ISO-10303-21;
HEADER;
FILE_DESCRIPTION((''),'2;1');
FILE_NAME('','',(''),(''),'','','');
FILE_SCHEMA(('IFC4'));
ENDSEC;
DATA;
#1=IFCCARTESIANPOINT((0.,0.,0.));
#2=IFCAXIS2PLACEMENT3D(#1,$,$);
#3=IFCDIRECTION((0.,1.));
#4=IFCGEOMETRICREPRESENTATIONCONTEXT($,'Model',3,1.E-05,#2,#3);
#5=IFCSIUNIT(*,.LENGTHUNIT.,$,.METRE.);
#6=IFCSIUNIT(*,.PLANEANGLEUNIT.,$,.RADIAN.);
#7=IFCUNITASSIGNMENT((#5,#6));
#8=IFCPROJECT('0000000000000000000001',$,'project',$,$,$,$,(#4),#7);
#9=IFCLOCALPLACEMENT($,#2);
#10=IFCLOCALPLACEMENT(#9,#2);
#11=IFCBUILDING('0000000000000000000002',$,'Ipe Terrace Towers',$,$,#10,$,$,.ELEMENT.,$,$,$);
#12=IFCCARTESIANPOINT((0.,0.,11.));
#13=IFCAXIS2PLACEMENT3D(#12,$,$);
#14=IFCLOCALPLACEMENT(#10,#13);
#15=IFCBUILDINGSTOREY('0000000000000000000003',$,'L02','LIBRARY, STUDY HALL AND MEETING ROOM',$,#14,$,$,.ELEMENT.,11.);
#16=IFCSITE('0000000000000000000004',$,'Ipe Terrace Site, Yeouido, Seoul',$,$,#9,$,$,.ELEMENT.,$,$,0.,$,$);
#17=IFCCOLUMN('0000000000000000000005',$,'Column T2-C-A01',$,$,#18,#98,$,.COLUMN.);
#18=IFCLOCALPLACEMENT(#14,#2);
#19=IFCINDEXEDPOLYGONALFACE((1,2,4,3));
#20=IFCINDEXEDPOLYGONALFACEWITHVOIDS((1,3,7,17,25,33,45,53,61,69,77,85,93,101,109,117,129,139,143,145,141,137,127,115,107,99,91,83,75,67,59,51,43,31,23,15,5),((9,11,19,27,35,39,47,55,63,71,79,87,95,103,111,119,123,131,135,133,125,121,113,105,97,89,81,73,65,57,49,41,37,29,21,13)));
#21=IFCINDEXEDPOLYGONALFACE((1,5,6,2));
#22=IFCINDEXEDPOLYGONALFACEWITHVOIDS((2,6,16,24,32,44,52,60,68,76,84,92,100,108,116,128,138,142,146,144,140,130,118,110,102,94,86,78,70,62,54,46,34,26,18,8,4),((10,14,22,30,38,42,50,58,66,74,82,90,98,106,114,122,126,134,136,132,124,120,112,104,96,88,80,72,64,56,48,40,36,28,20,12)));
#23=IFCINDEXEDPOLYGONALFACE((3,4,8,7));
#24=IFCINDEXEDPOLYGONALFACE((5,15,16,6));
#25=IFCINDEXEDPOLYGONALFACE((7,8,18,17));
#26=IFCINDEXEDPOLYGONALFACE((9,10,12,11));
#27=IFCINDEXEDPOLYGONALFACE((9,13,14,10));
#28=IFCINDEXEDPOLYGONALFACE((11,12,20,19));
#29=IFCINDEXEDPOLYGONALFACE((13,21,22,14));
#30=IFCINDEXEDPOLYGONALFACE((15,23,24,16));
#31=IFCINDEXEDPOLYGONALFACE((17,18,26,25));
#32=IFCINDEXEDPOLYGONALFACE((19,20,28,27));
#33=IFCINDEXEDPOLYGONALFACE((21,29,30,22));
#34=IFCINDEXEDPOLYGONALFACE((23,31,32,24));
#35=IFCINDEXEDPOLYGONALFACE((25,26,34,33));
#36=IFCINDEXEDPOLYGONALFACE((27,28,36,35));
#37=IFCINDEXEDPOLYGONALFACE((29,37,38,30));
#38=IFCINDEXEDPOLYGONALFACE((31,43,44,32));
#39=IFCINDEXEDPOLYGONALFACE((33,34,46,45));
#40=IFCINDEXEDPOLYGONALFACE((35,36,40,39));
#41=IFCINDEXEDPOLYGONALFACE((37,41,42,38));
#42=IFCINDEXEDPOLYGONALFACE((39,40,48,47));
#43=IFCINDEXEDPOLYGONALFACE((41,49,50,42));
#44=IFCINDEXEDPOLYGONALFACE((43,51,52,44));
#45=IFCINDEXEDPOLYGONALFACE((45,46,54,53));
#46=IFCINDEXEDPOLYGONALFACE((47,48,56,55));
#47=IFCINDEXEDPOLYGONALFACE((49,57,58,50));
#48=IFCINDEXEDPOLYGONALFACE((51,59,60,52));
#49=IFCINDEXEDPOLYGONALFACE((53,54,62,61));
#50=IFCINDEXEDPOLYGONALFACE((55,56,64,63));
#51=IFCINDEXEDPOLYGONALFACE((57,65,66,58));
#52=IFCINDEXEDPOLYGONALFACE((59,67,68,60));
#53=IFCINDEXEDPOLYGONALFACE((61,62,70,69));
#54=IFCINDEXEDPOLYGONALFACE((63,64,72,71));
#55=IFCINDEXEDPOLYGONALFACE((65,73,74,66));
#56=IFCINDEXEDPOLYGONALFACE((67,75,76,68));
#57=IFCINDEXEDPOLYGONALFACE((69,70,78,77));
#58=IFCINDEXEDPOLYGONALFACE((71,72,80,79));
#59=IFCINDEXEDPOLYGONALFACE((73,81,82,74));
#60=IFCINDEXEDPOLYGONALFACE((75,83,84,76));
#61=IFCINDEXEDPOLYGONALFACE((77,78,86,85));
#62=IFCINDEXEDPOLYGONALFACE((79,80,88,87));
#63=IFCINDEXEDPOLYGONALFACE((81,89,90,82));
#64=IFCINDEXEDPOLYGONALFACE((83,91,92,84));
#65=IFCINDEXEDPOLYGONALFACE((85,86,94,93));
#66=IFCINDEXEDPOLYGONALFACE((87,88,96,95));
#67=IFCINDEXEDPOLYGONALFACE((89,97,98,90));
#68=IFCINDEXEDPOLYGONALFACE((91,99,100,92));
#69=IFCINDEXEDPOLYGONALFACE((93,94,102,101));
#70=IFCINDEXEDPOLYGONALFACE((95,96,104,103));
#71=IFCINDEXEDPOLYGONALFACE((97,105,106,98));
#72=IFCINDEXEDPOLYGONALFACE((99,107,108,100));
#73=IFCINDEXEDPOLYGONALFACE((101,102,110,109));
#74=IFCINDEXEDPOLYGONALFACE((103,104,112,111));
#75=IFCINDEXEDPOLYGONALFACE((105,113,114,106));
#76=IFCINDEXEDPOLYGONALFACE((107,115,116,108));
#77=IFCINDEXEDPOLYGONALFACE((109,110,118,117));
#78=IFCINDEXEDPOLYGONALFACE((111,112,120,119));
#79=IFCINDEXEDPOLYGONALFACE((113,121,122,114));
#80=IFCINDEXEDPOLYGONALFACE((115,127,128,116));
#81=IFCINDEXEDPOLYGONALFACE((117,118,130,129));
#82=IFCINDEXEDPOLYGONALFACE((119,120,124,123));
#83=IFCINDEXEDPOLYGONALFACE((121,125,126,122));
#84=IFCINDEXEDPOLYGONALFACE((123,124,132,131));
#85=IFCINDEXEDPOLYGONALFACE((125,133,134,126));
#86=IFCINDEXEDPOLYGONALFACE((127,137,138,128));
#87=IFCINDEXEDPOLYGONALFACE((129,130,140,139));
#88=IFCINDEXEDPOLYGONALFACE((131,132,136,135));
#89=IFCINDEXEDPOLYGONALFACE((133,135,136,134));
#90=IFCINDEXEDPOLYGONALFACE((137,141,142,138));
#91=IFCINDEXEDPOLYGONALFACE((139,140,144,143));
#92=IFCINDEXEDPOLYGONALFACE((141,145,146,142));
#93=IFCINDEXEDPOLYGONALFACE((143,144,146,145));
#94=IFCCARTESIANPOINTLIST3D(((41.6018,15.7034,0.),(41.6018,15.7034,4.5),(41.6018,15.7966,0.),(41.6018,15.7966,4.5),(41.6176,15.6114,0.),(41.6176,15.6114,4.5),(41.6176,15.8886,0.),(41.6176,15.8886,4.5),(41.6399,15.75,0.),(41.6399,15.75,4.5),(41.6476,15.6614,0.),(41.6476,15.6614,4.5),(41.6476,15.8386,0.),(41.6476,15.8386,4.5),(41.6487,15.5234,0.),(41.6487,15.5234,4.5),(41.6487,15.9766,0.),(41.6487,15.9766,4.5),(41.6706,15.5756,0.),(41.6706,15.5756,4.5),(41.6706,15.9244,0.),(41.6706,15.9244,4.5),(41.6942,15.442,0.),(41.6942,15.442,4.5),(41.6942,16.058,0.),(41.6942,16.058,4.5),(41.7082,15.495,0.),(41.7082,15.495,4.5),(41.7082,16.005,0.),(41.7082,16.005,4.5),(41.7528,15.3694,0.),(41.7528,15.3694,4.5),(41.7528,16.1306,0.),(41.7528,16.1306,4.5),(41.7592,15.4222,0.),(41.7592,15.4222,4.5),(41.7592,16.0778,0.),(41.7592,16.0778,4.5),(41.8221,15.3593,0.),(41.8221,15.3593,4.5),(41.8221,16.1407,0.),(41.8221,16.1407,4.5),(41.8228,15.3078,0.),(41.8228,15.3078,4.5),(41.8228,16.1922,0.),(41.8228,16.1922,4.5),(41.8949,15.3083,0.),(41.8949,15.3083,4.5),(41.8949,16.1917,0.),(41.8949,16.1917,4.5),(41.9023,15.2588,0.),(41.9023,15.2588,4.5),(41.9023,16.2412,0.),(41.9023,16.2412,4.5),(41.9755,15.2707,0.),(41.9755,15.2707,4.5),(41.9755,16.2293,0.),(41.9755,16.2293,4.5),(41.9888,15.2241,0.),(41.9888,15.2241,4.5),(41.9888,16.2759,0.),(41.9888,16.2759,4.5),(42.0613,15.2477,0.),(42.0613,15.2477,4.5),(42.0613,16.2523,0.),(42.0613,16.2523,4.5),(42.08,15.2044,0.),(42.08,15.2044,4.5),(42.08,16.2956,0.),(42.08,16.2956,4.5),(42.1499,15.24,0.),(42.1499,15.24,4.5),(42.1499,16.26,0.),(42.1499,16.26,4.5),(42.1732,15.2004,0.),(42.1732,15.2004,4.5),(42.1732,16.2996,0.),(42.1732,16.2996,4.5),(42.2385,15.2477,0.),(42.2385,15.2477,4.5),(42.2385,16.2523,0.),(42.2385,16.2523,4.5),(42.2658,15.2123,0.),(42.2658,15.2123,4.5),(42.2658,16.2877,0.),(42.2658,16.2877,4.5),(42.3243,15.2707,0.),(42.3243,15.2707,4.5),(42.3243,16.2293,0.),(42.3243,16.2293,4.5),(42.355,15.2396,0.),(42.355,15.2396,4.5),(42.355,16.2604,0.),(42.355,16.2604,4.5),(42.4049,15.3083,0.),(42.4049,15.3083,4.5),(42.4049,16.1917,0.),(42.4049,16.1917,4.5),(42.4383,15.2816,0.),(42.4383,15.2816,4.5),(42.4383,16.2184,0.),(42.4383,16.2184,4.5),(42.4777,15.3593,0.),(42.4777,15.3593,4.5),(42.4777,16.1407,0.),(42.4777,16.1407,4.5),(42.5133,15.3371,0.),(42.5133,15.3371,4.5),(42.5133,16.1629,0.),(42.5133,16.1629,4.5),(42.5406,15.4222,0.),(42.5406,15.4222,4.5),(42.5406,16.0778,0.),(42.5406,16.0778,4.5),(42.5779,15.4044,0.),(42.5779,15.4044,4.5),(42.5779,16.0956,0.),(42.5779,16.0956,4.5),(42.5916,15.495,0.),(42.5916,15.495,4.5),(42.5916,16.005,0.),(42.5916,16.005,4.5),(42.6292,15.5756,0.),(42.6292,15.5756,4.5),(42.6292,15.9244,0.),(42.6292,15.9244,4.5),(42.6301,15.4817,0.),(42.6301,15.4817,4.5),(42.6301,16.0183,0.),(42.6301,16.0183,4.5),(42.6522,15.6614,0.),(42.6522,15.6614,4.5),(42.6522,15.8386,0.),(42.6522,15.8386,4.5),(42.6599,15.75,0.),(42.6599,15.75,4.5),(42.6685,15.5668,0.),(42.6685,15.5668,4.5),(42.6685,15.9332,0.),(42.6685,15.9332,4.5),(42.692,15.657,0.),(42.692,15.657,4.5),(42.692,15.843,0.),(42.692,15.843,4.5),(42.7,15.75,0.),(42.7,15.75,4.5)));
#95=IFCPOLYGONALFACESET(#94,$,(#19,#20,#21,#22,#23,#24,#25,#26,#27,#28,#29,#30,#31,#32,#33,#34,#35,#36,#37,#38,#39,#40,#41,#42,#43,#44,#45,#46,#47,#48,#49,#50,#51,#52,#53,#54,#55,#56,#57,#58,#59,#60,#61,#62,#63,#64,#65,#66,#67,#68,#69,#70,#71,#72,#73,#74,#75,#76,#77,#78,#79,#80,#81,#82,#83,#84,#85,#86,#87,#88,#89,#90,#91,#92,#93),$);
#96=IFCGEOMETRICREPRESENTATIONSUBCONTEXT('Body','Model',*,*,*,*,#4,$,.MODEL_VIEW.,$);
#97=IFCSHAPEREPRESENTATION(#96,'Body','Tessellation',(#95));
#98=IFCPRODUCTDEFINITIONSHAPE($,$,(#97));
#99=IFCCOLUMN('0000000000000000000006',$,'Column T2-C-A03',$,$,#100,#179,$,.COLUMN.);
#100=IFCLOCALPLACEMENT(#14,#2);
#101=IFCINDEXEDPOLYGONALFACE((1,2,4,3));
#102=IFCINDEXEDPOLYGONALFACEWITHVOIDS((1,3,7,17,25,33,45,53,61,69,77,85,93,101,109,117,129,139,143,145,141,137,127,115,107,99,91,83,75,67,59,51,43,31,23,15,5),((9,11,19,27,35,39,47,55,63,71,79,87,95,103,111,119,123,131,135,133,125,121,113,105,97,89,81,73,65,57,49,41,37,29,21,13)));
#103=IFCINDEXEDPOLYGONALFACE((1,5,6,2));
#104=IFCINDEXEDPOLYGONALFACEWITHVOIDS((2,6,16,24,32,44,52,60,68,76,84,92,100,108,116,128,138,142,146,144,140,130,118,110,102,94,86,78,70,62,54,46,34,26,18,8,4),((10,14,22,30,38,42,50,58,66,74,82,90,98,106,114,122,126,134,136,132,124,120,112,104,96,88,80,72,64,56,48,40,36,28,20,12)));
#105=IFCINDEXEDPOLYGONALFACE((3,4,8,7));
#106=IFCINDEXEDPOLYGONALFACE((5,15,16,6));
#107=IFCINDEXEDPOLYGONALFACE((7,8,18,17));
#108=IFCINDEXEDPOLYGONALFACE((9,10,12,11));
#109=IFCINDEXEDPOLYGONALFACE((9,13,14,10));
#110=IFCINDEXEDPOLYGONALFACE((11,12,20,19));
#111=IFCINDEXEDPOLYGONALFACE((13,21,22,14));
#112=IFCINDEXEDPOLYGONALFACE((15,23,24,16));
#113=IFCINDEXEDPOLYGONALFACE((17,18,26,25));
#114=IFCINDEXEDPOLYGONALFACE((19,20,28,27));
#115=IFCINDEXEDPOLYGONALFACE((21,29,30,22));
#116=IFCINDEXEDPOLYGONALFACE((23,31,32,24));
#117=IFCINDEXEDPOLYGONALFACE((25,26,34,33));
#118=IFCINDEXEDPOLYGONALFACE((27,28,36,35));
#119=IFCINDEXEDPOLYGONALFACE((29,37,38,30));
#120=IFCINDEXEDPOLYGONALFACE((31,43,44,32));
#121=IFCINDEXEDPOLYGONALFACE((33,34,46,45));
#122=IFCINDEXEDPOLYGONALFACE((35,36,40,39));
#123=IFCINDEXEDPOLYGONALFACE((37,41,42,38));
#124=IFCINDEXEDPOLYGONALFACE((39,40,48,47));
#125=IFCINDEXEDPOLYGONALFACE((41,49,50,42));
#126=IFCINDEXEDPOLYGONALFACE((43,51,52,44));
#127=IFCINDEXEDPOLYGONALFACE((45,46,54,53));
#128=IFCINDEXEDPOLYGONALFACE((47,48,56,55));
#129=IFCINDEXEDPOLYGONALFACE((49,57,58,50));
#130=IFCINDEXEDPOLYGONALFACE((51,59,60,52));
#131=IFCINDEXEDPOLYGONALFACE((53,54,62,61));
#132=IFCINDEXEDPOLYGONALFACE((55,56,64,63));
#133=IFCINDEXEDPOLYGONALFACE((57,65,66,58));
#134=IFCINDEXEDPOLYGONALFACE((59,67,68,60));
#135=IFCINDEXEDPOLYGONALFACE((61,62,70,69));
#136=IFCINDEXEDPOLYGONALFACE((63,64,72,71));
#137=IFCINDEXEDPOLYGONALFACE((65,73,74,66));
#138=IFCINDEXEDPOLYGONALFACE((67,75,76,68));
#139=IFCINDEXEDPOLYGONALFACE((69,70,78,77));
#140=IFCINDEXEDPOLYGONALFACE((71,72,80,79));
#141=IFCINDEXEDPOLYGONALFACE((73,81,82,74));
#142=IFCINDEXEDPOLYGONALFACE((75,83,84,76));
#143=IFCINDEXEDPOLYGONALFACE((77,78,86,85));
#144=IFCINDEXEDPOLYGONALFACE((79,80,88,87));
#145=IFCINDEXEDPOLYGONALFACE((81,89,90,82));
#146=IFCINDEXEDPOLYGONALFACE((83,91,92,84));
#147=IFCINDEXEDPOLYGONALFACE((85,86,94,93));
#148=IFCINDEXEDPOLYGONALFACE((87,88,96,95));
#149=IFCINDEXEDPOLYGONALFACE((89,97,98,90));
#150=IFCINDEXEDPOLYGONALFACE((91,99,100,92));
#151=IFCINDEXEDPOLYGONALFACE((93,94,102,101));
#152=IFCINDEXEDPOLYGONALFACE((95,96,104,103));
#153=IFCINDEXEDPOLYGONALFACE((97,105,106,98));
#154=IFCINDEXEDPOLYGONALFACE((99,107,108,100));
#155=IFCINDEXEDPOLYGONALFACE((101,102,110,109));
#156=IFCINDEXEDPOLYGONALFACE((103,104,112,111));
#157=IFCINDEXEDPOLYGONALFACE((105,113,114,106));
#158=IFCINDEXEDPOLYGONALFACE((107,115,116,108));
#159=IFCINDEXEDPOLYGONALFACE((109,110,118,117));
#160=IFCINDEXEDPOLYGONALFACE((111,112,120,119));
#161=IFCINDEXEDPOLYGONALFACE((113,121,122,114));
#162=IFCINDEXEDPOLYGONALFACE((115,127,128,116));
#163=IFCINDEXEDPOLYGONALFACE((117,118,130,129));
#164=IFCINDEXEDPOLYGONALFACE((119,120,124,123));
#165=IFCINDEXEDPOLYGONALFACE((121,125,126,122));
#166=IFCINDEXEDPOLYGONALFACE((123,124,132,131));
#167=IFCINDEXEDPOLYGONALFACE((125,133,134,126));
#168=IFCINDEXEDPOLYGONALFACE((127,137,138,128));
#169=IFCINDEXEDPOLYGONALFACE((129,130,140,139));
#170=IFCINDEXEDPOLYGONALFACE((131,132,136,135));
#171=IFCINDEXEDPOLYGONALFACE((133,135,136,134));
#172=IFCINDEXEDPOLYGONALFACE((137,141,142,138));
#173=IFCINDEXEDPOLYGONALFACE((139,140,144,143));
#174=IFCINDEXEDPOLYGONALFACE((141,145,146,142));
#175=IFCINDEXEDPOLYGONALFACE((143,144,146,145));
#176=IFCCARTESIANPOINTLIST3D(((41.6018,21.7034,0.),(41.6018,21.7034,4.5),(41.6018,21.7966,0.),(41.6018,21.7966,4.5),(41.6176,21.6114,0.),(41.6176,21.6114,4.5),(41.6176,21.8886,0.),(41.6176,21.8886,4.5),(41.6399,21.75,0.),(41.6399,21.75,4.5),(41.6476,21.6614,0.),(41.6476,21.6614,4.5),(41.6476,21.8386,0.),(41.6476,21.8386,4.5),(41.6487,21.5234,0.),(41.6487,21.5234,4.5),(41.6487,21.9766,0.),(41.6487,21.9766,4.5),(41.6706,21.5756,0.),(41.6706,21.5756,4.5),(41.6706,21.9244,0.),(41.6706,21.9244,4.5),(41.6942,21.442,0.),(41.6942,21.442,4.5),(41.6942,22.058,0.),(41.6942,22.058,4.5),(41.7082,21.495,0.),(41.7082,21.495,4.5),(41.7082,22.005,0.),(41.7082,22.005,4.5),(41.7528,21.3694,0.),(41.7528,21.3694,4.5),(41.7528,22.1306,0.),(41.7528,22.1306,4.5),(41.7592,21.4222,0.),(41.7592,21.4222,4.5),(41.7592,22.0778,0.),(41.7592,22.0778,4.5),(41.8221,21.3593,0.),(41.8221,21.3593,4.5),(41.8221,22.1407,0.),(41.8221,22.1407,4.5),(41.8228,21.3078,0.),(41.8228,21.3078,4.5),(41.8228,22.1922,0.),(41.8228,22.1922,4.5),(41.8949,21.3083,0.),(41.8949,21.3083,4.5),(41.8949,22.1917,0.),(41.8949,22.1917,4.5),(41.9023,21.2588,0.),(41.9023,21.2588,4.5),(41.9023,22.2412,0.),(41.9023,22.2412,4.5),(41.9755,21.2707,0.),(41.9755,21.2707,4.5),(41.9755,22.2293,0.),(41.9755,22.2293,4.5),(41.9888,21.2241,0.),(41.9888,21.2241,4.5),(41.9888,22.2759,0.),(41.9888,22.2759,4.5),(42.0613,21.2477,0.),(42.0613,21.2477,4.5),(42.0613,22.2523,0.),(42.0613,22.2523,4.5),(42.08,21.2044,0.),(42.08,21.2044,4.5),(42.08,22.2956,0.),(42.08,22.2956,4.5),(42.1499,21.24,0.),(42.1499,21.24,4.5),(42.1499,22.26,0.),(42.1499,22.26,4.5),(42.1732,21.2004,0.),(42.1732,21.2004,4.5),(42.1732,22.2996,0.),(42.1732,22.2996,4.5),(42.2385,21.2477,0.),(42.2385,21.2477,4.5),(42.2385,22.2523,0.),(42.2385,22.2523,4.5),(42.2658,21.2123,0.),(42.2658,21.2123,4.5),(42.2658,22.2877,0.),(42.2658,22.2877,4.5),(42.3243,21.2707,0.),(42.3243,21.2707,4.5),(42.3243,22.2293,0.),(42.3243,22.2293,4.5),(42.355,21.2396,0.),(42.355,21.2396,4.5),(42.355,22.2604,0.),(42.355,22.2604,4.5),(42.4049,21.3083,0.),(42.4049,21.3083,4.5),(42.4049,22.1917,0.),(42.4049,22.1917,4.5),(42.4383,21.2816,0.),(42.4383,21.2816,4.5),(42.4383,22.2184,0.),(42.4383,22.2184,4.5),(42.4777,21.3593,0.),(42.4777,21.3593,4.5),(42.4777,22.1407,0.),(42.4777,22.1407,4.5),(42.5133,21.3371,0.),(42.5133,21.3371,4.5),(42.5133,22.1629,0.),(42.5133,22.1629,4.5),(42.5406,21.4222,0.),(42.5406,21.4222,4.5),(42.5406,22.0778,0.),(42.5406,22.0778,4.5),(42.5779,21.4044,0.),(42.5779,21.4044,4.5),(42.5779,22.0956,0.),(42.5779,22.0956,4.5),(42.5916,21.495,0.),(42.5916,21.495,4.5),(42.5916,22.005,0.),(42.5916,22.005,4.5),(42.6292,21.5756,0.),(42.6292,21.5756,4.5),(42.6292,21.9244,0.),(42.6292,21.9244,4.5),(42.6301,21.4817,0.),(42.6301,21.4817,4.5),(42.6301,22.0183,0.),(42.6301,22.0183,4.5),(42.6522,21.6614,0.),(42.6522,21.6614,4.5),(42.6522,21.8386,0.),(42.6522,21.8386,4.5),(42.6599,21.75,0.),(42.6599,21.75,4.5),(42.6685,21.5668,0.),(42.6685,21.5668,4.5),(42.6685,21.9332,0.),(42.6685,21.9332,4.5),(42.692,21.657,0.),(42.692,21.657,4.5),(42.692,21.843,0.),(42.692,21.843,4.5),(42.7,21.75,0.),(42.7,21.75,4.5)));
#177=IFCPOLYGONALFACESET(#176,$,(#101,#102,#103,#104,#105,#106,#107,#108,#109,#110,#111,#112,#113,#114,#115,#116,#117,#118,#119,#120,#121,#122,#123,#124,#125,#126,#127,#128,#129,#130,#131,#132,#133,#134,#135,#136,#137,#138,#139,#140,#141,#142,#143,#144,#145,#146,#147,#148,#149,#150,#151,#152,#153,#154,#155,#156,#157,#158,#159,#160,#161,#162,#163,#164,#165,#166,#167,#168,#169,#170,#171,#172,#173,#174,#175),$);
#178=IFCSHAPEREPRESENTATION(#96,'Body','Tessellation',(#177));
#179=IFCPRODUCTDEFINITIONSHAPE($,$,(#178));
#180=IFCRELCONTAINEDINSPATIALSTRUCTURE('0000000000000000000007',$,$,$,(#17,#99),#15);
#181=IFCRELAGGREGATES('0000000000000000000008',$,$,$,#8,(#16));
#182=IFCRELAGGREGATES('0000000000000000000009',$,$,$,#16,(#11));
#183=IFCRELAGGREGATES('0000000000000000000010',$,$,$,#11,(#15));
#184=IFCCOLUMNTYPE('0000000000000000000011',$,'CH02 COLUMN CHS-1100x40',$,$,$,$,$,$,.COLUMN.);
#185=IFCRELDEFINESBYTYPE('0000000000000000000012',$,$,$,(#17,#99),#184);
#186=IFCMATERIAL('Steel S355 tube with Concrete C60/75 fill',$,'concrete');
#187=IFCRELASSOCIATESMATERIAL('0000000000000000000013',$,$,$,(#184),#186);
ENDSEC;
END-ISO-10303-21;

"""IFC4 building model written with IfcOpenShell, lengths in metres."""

from ifc_helpers import new_model, si_unit, direction, frame, origin, origin_2d, place, context, subcontext, project, spatial, hollow_circle, extrude, material, material_profile, profile_set, type_object, element, save


model = new_model("IFC4")

# Units and contexts
model_context = context("Model", 3, precision=1e-05, world=origin(), true_north=direction((0.0, 1.0)))
body_context = subcontext(model_context, "Body", "Model", "MODEL_VIEW")
ifc_project = project(units=[si_unit("LENGTHUNIT", "METRE"), si_unit("PLANEANGLEUNIT", "RADIAN")], contexts=[model_context])

# Site, building, storey
site_placement = place(None, origin())
site = spatial("IfcSite", under=ifc_project, at=site_placement, Name="Ipe Terrace Site, Yeouido, Seoul", CompositionType="ELEMENT", RefElevation=0.0)
building_placement = place(site_placement, origin())
building = spatial("IfcBuilding", under=site, at=building_placement, Name="Ipe Terrace Towers", CompositionType="ELEMENT")
storey_placement = place(building_placement, frame((0.0, 0.0, 11.0)))
storey = spatial("IfcBuildingStorey", under=building, at=storey_placement, Name="L02", Description="LIBRARY, STUDY HALL AND MEETING ROOM", CompositionType="ELEMENT", Elevation=11.0)

# Columns
ifc_material_1 = material(Name="Steel S355 tube with Concrete C60/75 fill", Category="concrete")
ifc_material_profile_1 = material_profile(ifc_material_1, hollow_circle(Radius=0.55, WallThickness=0.04, at=origin_2d()), Name="CHS-1100x40")
ifc_profile_set_1 = profile_set([ifc_material_profile_1], Name="Steel S355 tube with Concrete C60/75 fill")
column_type_1 = type_object("IfcColumnType", Name="CH02 COLUMN CHS-1100x40", PredefinedType="COLUMN", material=ifc_profile_set_1)
for number, where, z_axis, x_axis, name in (
    (1, (42.1499, 15.75, 0.0), (0.0, 0.0, 1.0), (1.0, 0.0, 0.0), "Column T2-C-A01"),
    (2, (42.1499, 21.75, 0.0), (0.0, 0.0, 1.0), (1.0, 0.0, 0.0), "Column T2-C-A03"),
):
    element("IfcColumn", number, at=place(storey_placement, frame(where, z_axis=z_axis, x_axis=x_axis)), inside=storey, type_object=column_type_1, Name=name, PredefinedType="COLUMN", context=body_context, shape_type="SweptSolid", body=[
        extrude(hollow_circle(Radius=0.55, WallThickness=0.04, at=origin_2d()), origin(), (0.0, 0.0, 1.0), 4.5),
    ])

save(model, "model.ifc")
